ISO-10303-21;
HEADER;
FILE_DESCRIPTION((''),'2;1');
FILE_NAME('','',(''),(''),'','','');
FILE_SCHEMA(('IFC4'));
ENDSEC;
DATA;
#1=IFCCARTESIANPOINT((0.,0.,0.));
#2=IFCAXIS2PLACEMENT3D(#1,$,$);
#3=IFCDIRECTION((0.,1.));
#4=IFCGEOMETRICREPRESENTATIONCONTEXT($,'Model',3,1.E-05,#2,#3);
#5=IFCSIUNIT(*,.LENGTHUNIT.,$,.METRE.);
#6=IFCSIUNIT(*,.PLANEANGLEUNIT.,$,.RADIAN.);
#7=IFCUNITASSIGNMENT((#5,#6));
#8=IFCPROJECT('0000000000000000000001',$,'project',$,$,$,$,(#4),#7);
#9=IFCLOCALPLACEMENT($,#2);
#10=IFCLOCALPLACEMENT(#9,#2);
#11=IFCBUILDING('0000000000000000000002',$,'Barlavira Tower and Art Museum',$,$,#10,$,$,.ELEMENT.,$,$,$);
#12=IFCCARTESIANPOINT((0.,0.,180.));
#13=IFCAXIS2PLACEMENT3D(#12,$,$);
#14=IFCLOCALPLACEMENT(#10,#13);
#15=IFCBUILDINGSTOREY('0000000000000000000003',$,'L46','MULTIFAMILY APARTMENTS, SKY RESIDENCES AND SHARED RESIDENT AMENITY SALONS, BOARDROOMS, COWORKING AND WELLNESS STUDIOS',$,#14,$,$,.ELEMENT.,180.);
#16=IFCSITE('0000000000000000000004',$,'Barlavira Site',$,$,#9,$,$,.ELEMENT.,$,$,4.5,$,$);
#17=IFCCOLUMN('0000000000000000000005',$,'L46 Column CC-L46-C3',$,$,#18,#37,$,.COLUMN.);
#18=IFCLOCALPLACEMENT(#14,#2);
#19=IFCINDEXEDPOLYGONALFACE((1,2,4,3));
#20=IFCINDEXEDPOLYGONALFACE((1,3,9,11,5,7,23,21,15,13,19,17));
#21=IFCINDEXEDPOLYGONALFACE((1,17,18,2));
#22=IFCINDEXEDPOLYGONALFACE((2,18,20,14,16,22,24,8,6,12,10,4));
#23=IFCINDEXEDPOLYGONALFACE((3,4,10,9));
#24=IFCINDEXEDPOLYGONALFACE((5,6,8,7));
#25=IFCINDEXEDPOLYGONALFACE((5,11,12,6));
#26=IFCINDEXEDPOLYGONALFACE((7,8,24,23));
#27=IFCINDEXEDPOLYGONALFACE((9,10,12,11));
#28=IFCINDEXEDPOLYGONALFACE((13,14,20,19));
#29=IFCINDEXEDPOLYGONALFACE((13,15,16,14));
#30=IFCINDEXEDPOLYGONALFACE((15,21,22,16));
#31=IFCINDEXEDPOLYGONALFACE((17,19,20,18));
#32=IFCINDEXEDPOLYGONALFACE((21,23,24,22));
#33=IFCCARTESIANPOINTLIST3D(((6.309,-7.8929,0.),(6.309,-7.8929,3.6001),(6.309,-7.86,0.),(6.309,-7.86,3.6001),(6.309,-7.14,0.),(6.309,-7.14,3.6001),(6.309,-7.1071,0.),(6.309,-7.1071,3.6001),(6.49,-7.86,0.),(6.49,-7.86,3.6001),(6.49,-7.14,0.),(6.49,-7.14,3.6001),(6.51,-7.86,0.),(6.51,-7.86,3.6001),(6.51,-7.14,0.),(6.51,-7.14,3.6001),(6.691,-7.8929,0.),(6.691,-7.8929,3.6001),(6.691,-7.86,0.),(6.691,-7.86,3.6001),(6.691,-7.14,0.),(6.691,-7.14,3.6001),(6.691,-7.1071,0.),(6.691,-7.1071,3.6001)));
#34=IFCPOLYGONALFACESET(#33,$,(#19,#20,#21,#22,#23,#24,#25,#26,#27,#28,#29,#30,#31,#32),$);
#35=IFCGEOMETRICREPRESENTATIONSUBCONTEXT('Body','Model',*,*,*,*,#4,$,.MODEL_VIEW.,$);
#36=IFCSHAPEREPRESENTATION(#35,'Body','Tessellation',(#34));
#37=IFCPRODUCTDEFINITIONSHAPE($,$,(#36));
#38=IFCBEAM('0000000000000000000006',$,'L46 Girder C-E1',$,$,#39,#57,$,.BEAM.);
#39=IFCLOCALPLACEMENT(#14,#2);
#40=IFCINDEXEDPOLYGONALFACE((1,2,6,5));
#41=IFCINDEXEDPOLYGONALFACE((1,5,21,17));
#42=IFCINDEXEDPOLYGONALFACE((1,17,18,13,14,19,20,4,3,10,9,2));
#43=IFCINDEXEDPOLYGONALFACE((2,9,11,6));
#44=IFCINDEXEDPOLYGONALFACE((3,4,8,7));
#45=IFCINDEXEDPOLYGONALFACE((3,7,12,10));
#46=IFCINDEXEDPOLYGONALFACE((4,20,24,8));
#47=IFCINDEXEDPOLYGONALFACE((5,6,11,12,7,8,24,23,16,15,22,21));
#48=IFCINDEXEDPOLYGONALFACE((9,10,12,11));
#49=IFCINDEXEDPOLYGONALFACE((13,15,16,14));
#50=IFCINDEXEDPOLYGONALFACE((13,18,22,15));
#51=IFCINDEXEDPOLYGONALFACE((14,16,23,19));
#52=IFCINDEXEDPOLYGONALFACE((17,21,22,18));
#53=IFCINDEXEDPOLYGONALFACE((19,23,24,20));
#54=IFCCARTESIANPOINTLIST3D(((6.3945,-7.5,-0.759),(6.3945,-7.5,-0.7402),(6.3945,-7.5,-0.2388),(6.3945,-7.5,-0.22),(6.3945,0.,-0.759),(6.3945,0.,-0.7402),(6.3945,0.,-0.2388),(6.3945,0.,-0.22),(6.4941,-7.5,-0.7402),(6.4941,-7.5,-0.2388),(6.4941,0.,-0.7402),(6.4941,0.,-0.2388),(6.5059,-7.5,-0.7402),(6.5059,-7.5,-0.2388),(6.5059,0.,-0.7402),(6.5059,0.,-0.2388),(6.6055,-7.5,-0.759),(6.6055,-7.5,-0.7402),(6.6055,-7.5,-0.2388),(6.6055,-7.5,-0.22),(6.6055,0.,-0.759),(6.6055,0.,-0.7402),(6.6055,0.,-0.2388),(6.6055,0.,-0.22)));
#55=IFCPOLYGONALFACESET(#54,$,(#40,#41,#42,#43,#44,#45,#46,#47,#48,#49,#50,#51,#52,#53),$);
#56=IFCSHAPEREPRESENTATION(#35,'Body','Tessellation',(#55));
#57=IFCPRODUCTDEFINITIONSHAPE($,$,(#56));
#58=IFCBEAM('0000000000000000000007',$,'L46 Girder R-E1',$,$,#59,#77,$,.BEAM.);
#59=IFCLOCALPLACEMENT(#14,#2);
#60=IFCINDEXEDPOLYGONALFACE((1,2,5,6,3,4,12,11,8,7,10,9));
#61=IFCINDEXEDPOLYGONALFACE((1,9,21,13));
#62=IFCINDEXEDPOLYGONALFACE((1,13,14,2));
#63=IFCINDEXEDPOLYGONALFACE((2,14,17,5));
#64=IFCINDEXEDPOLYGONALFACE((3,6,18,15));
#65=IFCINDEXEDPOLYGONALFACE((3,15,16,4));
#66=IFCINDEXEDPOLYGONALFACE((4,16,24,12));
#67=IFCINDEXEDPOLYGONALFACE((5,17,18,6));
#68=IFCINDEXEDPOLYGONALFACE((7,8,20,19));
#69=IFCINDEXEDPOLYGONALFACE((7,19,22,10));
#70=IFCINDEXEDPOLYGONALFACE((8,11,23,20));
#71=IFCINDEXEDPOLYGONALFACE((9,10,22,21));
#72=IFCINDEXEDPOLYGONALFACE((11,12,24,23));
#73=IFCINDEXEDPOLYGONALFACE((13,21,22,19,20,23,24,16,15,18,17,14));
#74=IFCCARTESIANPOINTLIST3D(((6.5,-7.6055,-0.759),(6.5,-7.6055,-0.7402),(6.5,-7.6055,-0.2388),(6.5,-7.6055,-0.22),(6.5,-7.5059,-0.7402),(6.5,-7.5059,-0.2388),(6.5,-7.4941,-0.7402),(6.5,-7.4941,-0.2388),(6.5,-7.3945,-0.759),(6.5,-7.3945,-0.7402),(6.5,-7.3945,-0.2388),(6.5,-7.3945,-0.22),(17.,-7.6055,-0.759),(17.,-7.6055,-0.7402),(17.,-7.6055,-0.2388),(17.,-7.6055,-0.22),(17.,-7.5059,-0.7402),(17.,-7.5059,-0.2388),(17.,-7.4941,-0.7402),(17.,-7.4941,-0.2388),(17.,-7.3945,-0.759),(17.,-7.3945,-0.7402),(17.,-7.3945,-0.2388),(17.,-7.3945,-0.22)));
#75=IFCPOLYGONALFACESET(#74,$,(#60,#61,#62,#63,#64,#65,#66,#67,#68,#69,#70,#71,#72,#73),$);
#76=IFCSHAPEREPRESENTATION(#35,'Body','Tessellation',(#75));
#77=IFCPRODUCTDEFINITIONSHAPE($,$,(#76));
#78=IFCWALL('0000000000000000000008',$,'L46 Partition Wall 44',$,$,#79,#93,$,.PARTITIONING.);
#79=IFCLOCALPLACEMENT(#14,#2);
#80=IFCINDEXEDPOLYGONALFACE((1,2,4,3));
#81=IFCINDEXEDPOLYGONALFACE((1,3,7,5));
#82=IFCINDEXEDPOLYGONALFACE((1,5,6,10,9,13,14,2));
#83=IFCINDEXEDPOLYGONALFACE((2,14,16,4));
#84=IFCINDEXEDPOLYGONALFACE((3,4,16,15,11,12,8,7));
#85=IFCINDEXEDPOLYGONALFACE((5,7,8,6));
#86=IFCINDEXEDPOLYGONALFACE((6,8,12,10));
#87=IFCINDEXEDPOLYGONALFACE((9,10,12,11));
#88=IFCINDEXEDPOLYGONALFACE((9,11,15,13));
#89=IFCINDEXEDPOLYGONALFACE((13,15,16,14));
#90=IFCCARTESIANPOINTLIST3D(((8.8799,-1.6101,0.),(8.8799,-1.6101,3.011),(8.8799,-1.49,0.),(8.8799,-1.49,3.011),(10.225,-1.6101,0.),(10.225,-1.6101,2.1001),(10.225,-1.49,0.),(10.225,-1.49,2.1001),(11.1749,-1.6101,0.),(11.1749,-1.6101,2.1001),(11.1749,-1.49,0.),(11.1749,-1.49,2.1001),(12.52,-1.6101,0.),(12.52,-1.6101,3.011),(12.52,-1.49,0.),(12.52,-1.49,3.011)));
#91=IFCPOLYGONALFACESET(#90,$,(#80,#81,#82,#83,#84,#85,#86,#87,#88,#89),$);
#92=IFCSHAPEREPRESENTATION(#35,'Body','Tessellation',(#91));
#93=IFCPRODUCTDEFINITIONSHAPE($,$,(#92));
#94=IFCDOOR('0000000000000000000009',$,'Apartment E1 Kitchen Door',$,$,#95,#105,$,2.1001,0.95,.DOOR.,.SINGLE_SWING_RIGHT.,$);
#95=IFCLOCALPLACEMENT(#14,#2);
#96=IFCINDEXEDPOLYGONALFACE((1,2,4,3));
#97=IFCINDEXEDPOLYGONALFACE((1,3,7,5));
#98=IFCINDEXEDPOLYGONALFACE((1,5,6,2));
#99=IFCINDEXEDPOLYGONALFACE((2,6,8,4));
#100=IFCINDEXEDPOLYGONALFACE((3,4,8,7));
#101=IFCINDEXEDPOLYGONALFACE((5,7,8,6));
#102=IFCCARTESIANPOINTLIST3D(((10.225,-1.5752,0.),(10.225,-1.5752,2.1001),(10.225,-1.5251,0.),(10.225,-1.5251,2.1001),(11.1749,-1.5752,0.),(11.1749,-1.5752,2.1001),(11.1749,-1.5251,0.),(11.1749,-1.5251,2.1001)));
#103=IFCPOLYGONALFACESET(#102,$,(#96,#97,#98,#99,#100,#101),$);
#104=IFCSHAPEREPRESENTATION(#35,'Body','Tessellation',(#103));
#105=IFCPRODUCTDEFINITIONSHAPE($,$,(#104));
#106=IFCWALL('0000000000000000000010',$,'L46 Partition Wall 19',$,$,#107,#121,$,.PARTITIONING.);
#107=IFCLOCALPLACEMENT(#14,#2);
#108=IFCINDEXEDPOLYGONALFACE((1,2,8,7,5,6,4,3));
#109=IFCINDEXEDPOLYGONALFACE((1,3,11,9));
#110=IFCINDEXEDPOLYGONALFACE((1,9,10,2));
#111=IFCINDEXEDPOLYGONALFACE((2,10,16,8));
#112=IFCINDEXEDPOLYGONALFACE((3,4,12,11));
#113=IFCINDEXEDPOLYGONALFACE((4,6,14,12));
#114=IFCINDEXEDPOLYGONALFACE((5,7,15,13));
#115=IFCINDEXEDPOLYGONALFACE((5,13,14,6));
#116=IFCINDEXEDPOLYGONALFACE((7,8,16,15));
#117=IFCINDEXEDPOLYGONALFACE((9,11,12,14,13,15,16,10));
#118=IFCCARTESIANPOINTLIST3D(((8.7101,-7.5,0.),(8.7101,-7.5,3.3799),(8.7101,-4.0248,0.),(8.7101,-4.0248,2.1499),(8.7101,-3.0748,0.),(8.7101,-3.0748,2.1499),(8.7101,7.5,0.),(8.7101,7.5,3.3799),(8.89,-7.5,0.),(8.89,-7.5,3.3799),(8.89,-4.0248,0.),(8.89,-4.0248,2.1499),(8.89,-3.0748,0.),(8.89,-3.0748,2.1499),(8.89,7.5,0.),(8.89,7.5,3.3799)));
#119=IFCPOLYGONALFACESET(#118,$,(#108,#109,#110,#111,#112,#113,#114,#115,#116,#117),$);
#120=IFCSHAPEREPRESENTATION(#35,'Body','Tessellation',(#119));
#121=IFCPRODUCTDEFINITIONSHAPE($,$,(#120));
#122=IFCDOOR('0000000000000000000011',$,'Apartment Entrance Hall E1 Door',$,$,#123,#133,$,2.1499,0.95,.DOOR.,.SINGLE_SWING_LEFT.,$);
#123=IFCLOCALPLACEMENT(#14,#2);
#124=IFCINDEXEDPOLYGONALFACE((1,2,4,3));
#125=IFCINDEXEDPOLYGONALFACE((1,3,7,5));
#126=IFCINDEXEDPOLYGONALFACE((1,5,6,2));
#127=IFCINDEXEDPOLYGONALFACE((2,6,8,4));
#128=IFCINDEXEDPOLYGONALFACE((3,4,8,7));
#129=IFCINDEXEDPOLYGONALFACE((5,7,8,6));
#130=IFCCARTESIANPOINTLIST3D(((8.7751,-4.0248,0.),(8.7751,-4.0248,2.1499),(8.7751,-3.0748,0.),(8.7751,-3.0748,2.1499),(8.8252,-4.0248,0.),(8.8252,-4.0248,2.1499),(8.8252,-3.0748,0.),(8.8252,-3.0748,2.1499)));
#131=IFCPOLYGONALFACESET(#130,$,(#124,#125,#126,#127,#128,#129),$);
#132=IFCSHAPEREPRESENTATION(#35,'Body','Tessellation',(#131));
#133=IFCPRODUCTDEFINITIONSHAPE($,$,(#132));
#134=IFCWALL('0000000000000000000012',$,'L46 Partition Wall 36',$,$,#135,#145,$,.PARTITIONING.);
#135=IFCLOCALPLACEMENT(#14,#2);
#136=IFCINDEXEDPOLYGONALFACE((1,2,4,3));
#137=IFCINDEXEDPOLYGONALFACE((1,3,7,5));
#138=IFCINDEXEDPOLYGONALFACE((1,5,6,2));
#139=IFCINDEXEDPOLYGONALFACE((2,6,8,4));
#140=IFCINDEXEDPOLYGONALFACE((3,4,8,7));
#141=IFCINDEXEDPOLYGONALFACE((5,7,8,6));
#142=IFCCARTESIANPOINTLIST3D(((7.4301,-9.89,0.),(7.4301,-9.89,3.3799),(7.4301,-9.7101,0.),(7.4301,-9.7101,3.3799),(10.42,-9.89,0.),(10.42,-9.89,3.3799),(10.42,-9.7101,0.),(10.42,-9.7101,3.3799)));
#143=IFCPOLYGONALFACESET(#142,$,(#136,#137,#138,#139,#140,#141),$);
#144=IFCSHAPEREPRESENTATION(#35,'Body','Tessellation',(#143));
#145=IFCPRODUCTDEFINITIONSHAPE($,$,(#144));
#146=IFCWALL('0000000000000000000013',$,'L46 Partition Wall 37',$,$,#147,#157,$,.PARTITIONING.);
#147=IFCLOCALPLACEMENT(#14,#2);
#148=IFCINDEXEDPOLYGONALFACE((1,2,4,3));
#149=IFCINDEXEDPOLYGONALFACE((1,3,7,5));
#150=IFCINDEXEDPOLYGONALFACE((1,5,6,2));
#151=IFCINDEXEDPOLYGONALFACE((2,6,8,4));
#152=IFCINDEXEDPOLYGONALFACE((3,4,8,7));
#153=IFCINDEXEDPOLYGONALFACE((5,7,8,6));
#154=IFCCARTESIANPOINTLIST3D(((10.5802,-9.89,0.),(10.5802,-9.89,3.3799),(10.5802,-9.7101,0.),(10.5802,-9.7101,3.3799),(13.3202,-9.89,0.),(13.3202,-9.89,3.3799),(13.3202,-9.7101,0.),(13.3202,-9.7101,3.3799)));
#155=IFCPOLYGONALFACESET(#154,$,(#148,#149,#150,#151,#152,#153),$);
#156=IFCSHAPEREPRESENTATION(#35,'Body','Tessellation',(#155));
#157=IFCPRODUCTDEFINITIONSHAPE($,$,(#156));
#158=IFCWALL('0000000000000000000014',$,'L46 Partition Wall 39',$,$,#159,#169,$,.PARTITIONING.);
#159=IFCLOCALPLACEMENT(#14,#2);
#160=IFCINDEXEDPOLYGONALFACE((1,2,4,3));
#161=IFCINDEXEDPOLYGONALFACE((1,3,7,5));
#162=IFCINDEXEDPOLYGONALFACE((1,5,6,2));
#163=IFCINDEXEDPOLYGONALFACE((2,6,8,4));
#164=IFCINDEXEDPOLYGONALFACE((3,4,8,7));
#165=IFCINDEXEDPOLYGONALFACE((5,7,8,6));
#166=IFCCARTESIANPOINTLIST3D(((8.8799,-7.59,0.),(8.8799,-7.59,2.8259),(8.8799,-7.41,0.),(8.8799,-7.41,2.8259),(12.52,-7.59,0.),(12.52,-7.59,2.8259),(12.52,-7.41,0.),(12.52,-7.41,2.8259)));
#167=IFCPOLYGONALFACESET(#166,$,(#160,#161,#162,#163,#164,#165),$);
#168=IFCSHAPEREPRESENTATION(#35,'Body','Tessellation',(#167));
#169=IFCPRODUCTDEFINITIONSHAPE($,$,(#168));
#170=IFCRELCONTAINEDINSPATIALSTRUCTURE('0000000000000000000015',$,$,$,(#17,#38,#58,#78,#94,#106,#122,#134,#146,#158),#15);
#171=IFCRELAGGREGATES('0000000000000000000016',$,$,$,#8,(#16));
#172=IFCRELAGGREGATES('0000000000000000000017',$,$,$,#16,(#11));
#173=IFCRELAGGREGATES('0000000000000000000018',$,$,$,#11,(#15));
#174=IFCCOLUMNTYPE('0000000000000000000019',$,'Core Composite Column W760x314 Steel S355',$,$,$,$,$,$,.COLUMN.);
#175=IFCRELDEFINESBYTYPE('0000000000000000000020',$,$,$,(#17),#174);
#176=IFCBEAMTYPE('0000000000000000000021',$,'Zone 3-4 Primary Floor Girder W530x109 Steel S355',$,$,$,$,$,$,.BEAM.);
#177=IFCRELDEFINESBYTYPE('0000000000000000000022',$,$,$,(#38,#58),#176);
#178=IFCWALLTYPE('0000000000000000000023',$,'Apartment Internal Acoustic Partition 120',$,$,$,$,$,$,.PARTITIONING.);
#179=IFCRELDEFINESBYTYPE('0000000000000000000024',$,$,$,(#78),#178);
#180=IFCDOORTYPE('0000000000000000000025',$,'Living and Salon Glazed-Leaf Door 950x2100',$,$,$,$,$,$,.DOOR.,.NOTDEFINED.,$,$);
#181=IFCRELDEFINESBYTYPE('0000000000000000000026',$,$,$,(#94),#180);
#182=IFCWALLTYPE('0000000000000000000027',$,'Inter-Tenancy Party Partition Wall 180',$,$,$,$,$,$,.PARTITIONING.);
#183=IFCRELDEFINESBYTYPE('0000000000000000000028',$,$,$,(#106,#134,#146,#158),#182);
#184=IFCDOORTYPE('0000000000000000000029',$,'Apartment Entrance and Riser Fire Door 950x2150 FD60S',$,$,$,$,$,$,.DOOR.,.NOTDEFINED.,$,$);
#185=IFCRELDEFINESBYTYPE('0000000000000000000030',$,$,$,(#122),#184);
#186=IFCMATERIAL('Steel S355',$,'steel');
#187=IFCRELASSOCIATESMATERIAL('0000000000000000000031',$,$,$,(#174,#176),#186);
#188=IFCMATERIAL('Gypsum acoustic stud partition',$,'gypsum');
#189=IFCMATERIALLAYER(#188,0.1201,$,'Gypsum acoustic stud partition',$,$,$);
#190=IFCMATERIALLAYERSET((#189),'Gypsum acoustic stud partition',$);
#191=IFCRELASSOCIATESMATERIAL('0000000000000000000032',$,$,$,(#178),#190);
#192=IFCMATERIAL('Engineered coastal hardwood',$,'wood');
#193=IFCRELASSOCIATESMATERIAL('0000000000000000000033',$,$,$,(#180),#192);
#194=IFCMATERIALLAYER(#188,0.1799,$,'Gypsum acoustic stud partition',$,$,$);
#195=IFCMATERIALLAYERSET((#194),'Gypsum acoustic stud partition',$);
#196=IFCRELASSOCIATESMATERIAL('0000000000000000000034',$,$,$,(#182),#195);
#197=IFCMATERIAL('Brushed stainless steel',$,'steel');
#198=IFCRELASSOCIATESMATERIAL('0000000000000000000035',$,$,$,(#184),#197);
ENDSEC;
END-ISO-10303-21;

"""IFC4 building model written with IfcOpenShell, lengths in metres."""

from ifc_helpers import new_model, si_unit, direction, frame, frame_2d, origin, origin_2d, place, context, subcontext, project, spatial, rectangle, i_section, extrude, material, layer, layer_set, material_profile, profile_set, type_object, element, fill, save


model = new_model("IFC4")

# Units and contexts
model_context = context("Model", 3, precision=1e-05, world=origin(), true_north=direction((0.0, 1.0)))
body_context = subcontext(model_context, "Body", "Model", "MODEL_VIEW")
ifc_project = project(units=[si_unit("LENGTHUNIT", "METRE"), si_unit("PLANEANGLEUNIT", "RADIAN")], contexts=[model_context])

# Site, building, storey
site_placement = place(None, origin())
site = spatial("IfcSite", under=ifc_project, at=site_placement, Name="Barlavira Site", CompositionType="ELEMENT", RefElevation=4.5)
building_placement = place(site_placement, origin())
building = spatial("IfcBuilding", under=site, at=building_placement, Name="Barlavira Tower and Art Museum", CompositionType="ELEMENT")
storey_placement = place(building_placement, frame((0.0, 0.0, 180.0)))
storey = spatial("IfcBuildingStorey", under=building, at=storey_placement, Name="L46", Description="MULTIFAMILY APARTMENTS, SKY RESIDENCES AND SHARED RESIDENT AMENITY SALONS, BOARDROOMS, COWORKING AND WELLNESS STUDIOS", CompositionType="ELEMENT", Elevation=180.0)

# Column
ifc_material_1 = material(Name="Steel S355", Category="steel")
ifc_material_profile_1 = material_profile(ifc_material_1, i_section(OverallWidth=0.3821, OverallDepth=0.7859, WebThickness=0.02, FlangeThickness=0.033, at=origin_2d()), Name="W760x314.0")
ifc_profile_set_1 = profile_set([ifc_material_profile_1], Name="Steel S355")
column_type = type_object("IfcColumnType", Name="Core Composite Column W760x314 Steel S355", PredefinedType="COLUMN", material=ifc_profile_set_1)
column_placement = place(storey_placement, frame((6.5, -7.5, 0.0), z_axis=(0.0, 0.0, 1.0), x_axis=(1.0, 0.0, 0.0)))
element("IfcColumn", 1, at=column_placement, inside=storey, type_object=column_type, Name="L46 Column CC-L46-C3", PredefinedType="COLUMN", context=body_context, shape_type="SweptSolid", body=[
    extrude(i_section(OverallWidth=0.3821, OverallDepth=0.7859, WebThickness=0.02, FlangeThickness=0.033, at=origin_2d()), origin(), (0.0, 0.0, 1.0), 3.6001),
])

# Beams
ifc_material_profile_2 = material_profile(ifc_material_1, i_section(OverallWidth=0.2109, OverallDepth=0.5391, WebThickness=0.0117, FlangeThickness=0.0188, at=origin_2d()), Name="W530x109.0")
ifc_profile_set_2 = profile_set([ifc_material_profile_2], Name="Steel S355")
beam_type = type_object("IfcBeamType", Name="Zone 3-4 Primary Floor Girder W530x109 Steel S355", PredefinedType="BEAM", material=ifc_profile_set_2)
beam_1_placement = place(storey_placement, frame((6.5, -7.5, -0.4895), z_axis=(0.0, 1.0, 0.0), x_axis=(-1.0, 0.0, 0.0)))
element("IfcBeam", 2, at=beam_1_placement, inside=storey, type_object=beam_type, Name="L46 Girder C-E1", PredefinedType="BEAM", context=body_context, shape_type="SweptSolid", body=[
    extrude(i_section(OverallWidth=0.2109, OverallDepth=0.5391, WebThickness=0.0117, FlangeThickness=0.0188, at=origin_2d()), origin(), (0.0, 0.0, 1.0), 7.5),
])
beam_2_placement = place(storey_placement, frame((6.5, -7.5, -0.4895), z_axis=(1.0, 0.0, 0.0), x_axis=(0.0, 1.0, 0.0)))
element("IfcBeam", 3, at=beam_2_placement, inside=storey, type_object=beam_type, Name="L46 Girder R-E1", PredefinedType="BEAM", context=body_context, shape_type="SweptSolid", body=[
    extrude(i_section(OverallWidth=0.2109, OverallDepth=0.5391, WebThickness=0.0117, FlangeThickness=0.0188, at=origin_2d()), origin(), (0.0, 0.0, 1.0), 10.5),
])

# Walls, openings, doors
ifc_material_2 = material(Name="Gypsum acoustic stud partition", Category="gypsum")
ifc_layer_1 = layer(ifc_material_2, 0.1201, Name="Gypsum acoustic stud partition")
ifc_layer_set_1 = layer_set([ifc_layer_1], Name="Gypsum acoustic stud partition")
wall_type_1 = type_object("IfcWallType", Name="Apartment Internal Acoustic Partition 120", PredefinedType="PARTITIONING", material=ifc_layer_set_1)
wall_1_placement = place(storey_placement, frame((8.8799, -1.55, 0.0), z_axis=(0.0, 0.0, 1.0), x_axis=(1.0, 0.0, 0.0)))
wall_1 = element("IfcWall", 4, at=wall_1_placement, inside=storey, type_object=wall_type_1, Name="L46 Partition Wall 44", PredefinedType="PARTITIONING", context=body_context, shape_type="SweptSolid", body=[
    extrude(rectangle(XDim=3.6401, YDim=0.1201, at=frame_2d((1.8201, 0.0))), origin(), (0.0, 0.0, 1.0), 3.011),
])
opening_1_placement = place(wall_1_placement, frame((1.345, 0.0, 0.0)))
opening_1 = element("IfcOpeningElement", 5, at=opening_1_placement, cuts=wall_1, PredefinedType="OPENING", context=body_context, shape_type="SweptSolid", body=[
    extrude(rectangle(XDim=0.95, YDim=2.1001, at=frame_2d((0.4751, 1.05))), frame((0.0, 0.0701, 0.0), z_axis=(0.0, -1.0, 0.0), x_axis=(1.0, 0.0, 0.0)), (0.0, 0.0, 1.0), 0.1401),
])
ifc_material_3 = material(Name="Engineered coastal hardwood", Category="wood")
door_type_1 = type_object("IfcDoorType", Name="Living and Salon Glazed-Leaf Door 950x2100", OperationType="NOTDEFINED", PredefinedType="DOOR", material=ifc_material_3)
door_1_placement = place(opening_1_placement, origin())
door_1 = element("IfcDoor", 6, at=door_1_placement, inside=storey, type_object=door_type_1, Name="Apartment E1 Kitchen Door", OperationType="SINGLE_SWING_RIGHT", OverallHeight=2.1001, OverallWidth=0.95, PredefinedType="DOOR", context=body_context, shape_type="SweptSolid", body=[
    extrude(rectangle(XDim=0.95, YDim=2.1001, at=frame_2d((0.4751, 1.05))), frame((0.0, 0.0249, 0.0), z_axis=(0.0, -1.0, 0.0), x_axis=(1.0, 0.0, 0.0)), (0.0, 0.0, 1.0), 0.05),
])
fill(opening_1, door_1)
ifc_material_4 = material(Name="Brushed stainless steel", Category="steel")
ifc_layer_2 = layer(ifc_material_2, 0.1799, Name="Gypsum acoustic stud partition")
ifc_layer_set_2 = layer_set([ifc_layer_2], Name="Gypsum acoustic stud partition")
wall_type_2 = type_object("IfcWallType", Name="Inter-Tenancy Party Partition Wall 180", PredefinedType="PARTITIONING", material=ifc_layer_set_2)
wall_2_placement = place(storey_placement, frame((8.8, -7.5, 0.0), z_axis=(0.0, 0.0, 1.0), x_axis=(0.0, 1.0, 0.0)))
wall_2 = element("IfcWall", 7, at=wall_2_placement, inside=storey, type_object=wall_type_2, Name="L46 Partition Wall 19", PredefinedType="PARTITIONING", context=body_context, shape_type="SweptSolid", body=[
    extrude(rectangle(XDim=15.0, YDim=0.1799, at=frame_2d((7.5, 0.0))), origin(), (0.0, 0.0, 1.0), 3.3799),
])
opening_2_placement = place(wall_2_placement, frame((3.4751, 0.0, 0.0)))
opening_2 = element("IfcOpeningElement", 8, at=opening_2_placement, cuts=wall_2, PredefinedType="OPENING", context=body_context, shape_type="SweptSolid", body=[
    extrude(rectangle(XDim=0.95, YDim=2.1499, at=frame_2d((0.4751, 1.075))), frame((0.0, 0.1001, 0.0), z_axis=(0.0, -1.0, 0.0), x_axis=(1.0, 0.0, 0.0)), (0.0, 0.0, 1.0), 0.2),
])
door_type_2 = type_object("IfcDoorType", Name="Apartment Entrance and Riser Fire Door 950x2150 FD60S", OperationType="NOTDEFINED", PredefinedType="DOOR", material=ifc_material_4)
door_2_placement = place(opening_2_placement, origin())
door_2 = element("IfcDoor", 9, at=door_2_placement, inside=storey, type_object=door_type_2, Name="Apartment Entrance Hall E1 Door", OperationType="SINGLE_SWING_LEFT", OverallHeight=2.1499, OverallWidth=0.95, PredefinedType="DOOR", context=body_context, shape_type="SweptSolid", body=[
    extrude(rectangle(XDim=0.95, YDim=2.1499, at=frame_2d((0.4751, 1.075))), frame((0.0, 0.0249, 0.0), z_axis=(0.0, -1.0, 0.0), x_axis=(1.0, 0.0, 0.0)), (0.0, 0.0, 1.0), 0.05),
])
fill(opening_2, door_2)

# Walls
wall_3_placement = place(storey_placement, frame((7.4299, -9.8, 0.0), z_axis=(0.0, 0.0, 1.0), x_axis=(1.0, 0.0, 0.0)))
element("IfcWall", 10, at=wall_3_placement, inside=storey, type_object=wall_type_2, Name="L46 Partition Wall 36", PredefinedType="PARTITIONING", context=body_context, shape_type="SweptSolid", body=[
    extrude(rectangle(XDim=2.99, YDim=0.1799, at=frame_2d((1.4951, 0.0))), origin(), (0.0, 0.0, 1.0), 3.3799),
])
wall_4_placement = place(storey_placement, frame((10.5801, -9.8, 0.0), z_axis=(0.0, 0.0, 1.0), x_axis=(1.0, 0.0, 0.0)))
element("IfcWall", 11, at=wall_4_placement, inside=storey, type_object=wall_type_2, Name="L46 Partition Wall 37", PredefinedType="PARTITIONING", context=body_context, shape_type="SweptSolid", body=[
    extrude(rectangle(XDim=2.74, YDim=0.1799, at=frame_2d((1.3701, 0.0))), origin(), (0.0, 0.0, 1.0), 3.3799),
])
wall_5_placement = place(storey_placement, frame((8.8799, -7.5, 0.0), z_axis=(0.0, 0.0, 1.0), x_axis=(1.0, 0.0, 0.0)))
element("IfcWall", 12, at=wall_5_placement, inside=storey, type_object=wall_type_2, Name="L46 Partition Wall 39", PredefinedType="PARTITIONING", context=body_context, shape_type="SweptSolid", body=[
    extrude(rectangle(XDim=3.6401, YDim=0.1799, at=frame_2d((1.8201, 0.0))), origin(), (0.0, 0.0, 1.0), 2.8259),
])

save(model, "model.ifc")
